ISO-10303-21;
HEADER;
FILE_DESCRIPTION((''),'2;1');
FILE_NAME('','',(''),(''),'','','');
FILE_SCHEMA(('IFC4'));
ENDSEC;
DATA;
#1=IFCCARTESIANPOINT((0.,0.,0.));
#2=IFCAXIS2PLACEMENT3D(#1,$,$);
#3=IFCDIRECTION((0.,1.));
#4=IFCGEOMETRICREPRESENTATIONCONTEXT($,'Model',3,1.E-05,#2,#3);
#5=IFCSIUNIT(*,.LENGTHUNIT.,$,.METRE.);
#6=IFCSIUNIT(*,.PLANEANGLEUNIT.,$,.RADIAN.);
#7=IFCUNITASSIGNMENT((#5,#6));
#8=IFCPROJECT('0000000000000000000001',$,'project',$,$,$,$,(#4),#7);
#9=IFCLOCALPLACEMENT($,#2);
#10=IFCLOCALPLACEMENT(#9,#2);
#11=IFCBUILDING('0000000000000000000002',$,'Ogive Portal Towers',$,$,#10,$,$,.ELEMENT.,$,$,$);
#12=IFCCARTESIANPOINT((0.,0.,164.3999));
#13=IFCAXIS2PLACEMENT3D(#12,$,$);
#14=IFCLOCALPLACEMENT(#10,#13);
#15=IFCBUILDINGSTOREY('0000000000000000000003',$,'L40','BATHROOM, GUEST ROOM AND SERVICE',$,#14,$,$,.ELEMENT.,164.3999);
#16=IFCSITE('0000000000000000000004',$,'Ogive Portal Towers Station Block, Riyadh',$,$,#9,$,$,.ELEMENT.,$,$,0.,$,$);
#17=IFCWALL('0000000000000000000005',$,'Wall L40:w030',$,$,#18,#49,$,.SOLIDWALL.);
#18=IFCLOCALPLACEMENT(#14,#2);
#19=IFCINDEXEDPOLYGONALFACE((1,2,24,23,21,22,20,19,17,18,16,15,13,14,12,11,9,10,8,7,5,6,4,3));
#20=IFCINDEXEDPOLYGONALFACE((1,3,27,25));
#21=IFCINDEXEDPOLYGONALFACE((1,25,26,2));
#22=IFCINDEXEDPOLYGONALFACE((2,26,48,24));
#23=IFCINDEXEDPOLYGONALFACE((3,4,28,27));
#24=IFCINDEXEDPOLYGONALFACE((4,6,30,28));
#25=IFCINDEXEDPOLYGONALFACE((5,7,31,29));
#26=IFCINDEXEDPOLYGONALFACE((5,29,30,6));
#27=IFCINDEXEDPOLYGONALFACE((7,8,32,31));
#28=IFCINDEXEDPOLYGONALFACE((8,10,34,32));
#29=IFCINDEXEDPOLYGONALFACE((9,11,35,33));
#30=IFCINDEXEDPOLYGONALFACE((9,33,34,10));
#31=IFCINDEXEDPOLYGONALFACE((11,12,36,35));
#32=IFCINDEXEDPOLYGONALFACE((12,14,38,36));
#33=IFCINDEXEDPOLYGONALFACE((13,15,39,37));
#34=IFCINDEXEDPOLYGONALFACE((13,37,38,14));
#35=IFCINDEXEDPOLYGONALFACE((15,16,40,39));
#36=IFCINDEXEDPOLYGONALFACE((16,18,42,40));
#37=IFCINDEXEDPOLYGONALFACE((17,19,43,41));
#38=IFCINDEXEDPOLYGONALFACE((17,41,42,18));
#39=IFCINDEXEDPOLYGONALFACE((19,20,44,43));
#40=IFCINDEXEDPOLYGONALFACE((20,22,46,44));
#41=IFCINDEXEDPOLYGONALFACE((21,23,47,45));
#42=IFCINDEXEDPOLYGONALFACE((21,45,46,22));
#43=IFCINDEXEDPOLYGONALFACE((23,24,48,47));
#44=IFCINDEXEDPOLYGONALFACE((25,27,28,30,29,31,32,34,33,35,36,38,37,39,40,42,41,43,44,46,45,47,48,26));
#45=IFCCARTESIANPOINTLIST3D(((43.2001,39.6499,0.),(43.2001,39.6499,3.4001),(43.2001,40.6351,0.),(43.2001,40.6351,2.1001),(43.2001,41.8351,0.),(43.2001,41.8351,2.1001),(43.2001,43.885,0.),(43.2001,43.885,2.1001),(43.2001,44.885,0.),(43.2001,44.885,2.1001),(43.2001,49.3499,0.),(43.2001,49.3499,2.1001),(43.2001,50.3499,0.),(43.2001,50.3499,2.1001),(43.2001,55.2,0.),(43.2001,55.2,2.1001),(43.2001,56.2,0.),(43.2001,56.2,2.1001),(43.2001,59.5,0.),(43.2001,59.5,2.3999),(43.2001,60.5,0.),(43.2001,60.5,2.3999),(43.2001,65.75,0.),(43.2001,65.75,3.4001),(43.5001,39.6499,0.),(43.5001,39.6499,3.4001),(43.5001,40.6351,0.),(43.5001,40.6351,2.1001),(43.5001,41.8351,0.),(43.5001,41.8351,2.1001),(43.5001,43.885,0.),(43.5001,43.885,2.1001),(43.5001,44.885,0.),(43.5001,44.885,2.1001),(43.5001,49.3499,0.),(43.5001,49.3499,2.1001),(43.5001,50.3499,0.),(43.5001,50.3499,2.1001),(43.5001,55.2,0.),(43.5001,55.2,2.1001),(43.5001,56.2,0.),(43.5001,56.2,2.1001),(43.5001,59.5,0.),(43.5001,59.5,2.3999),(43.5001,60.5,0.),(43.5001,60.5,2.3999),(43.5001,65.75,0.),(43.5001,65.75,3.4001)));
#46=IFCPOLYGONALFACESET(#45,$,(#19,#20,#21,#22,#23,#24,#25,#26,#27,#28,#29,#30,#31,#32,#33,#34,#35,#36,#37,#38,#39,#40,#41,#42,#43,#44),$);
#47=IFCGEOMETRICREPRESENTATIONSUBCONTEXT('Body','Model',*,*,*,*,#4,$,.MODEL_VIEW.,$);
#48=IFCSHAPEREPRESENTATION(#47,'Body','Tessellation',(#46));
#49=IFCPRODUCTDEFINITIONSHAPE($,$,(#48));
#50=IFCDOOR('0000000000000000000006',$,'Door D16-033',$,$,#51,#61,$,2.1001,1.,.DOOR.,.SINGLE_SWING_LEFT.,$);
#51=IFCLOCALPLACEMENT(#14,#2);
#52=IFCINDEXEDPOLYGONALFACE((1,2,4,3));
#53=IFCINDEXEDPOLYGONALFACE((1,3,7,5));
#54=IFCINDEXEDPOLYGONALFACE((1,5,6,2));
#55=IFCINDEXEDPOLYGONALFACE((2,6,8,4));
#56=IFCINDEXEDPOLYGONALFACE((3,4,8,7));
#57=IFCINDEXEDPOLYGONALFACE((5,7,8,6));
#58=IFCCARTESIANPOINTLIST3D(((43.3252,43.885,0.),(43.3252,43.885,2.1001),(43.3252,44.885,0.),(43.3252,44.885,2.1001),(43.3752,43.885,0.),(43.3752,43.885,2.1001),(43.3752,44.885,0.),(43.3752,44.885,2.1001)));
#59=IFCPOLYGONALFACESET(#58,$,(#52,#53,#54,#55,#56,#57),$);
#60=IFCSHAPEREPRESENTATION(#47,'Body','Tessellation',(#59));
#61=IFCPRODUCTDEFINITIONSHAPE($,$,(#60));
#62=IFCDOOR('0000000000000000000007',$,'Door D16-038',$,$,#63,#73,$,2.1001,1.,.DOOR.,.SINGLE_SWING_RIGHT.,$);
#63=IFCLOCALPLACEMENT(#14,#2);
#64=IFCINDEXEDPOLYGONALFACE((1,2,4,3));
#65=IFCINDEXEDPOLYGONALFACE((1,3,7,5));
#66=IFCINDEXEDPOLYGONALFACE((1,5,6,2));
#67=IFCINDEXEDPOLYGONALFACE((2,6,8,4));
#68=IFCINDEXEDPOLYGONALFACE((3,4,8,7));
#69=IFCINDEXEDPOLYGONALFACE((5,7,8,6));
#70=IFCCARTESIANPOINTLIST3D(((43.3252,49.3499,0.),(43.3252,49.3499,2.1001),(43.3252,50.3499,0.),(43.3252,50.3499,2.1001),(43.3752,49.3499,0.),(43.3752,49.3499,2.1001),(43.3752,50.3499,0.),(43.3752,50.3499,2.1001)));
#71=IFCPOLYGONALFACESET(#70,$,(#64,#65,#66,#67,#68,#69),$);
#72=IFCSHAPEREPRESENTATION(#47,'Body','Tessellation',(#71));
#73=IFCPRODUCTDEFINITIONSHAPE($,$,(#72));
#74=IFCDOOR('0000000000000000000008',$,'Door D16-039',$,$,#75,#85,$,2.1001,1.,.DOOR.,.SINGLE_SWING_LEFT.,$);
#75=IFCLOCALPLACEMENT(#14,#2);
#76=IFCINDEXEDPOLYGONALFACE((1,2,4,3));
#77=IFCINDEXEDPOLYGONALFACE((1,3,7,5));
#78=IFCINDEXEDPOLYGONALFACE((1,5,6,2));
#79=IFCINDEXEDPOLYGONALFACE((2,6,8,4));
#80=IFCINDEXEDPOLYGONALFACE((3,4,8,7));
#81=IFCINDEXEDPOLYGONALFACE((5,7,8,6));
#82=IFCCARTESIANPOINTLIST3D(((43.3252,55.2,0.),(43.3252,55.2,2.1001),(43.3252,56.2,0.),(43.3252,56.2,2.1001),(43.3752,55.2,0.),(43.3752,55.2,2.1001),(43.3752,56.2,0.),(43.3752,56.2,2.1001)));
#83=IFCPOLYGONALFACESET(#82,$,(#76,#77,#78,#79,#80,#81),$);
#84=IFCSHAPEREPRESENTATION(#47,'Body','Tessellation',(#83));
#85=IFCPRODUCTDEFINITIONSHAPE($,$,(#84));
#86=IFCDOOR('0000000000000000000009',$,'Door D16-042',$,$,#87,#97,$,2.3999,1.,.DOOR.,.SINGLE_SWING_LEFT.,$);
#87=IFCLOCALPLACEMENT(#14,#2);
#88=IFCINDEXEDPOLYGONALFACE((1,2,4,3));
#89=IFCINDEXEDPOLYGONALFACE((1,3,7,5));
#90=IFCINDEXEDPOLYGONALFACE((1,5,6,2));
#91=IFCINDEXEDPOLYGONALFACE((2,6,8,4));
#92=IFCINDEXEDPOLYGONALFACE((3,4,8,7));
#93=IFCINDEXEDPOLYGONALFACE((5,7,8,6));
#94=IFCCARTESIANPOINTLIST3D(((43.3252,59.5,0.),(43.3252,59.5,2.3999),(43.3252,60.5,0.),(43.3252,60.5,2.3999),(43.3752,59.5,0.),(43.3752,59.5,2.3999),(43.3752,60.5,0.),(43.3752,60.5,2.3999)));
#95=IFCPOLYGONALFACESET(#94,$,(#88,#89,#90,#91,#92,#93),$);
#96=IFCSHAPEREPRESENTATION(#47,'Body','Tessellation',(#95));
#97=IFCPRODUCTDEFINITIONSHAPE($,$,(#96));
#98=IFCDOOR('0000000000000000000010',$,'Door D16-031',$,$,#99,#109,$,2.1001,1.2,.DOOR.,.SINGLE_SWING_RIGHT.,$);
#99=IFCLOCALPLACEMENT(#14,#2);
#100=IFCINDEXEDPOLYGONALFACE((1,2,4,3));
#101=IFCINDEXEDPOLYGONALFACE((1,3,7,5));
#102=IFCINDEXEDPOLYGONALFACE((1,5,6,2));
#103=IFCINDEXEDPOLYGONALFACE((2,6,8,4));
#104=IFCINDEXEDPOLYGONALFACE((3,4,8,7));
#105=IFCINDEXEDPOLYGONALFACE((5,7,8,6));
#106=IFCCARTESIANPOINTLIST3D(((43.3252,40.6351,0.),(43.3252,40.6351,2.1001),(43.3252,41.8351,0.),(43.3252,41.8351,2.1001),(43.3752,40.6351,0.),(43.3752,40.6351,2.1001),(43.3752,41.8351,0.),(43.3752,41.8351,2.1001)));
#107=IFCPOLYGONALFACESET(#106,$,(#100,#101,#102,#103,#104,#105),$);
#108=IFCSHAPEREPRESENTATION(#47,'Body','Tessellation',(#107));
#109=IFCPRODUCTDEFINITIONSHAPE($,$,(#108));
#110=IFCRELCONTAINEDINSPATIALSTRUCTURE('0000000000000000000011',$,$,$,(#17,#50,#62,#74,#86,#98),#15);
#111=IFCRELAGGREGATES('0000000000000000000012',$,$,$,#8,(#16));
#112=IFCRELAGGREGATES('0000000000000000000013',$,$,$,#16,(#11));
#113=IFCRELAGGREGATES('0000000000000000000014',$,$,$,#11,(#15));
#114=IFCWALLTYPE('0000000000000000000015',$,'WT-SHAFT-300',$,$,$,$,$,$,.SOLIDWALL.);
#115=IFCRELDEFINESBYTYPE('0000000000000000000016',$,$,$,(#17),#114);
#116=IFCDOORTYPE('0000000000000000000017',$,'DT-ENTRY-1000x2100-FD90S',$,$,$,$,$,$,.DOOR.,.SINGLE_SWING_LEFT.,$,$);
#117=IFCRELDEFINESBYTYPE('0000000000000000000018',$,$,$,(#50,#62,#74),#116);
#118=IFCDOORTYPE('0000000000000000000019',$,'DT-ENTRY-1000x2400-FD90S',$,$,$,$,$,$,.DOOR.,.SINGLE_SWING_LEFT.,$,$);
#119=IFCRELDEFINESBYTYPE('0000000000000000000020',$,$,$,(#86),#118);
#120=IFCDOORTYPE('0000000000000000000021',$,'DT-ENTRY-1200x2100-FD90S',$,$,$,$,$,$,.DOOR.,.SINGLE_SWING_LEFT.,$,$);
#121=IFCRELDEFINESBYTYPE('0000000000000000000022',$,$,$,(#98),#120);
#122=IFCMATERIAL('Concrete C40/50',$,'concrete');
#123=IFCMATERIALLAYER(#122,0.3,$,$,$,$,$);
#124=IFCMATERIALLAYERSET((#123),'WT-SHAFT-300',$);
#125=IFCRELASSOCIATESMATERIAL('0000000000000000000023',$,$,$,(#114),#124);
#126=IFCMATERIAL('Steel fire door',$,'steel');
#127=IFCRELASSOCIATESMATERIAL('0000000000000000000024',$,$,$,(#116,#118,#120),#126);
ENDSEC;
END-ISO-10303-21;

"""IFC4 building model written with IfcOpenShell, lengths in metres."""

from ifc_helpers import new_model, si_unit, direction, frame, frame_2d, origin, place, context, subcontext, project, spatial, rectangle, extrude, material, layer, layer_set, type_object, element, fill, save


model = new_model("IFC4")

# Units and contexts
model_context = context("Model", 3, precision=1e-05, world=origin(), true_north=direction((0.0, 1.0)))
body_context = subcontext(model_context, "Body", "Model", "MODEL_VIEW")
ifc_project = project(units=[si_unit("LENGTHUNIT", "METRE"), si_unit("PLANEANGLEUNIT", "RADIAN")], contexts=[model_context])

# Site, building, storey
site_placement = place(None, origin())
site = spatial("IfcSite", under=ifc_project, at=site_placement, Name="Ogive Portal Towers Station Block, Riyadh", CompositionType="ELEMENT", RefElevation=0.0)
building_placement = place(site_placement, origin())
building = spatial("IfcBuilding", under=site, at=building_placement, Name="Ogive Portal Towers", CompositionType="ELEMENT")
storey_placement = place(building_placement, frame((0.0, 0.0, 164.3999)))
storey = spatial("IfcBuildingStorey", under=building, at=storey_placement, Name="L40", Description="BATHROOM, GUEST ROOM AND SERVICE", CompositionType="ELEMENT", Elevation=164.3999)

# Shared definitions
ifc_material_1 = material(Name="Steel fire door", Category="steel")

# Wall, openings, doors
ifc_material_2 = material(Name="Concrete C40/50", Category="concrete")
ifc_layer_1 = layer(ifc_material_2, 0.3)
ifc_layer_set_1 = layer_set([ifc_layer_1], Name="WT-SHAFT-300")
wall_type_1 = type_object("IfcWallType", Name="WT-SHAFT-300", PredefinedType="SOLIDWALL", material=ifc_layer_set_1)
wall_1_placement = place(storey_placement, frame((43.3501, 39.6499, 0.0), z_axis=(0.0, 0.0, 1.0), x_axis=(0.0, 1.0, 0.0)))
wall_1 = element("IfcWall", 1, at=wall_1_placement, inside=storey, type_object=wall_type_1, Name="Wall L40:w030", PredefinedType="SOLIDWALL", context=body_context, shape_type="SweptSolid", body=[
    extrude(rectangle(XDim=26.1001, YDim=0.3, at=frame_2d((13.05, 0.0))), origin(), (0.0, 0.0, 1.0), 3.4001),
])
opening_1_placement = place(wall_1_placement, frame((0.9851, 0.0, 0.0)))
opening_1 = element("IfcOpeningElement", 2, at=opening_1_placement, cuts=wall_1, PredefinedType="OPENING", context=body_context, shape_type="SweptSolid", body=[
    extrude(rectangle(XDim=1.2, YDim=2.1001, at=frame_2d((0.6001, 1.05))), frame((0.0, 0.1602, 0.0), z_axis=(0.0, -1.0, 0.0), x_axis=(1.0, 0.0, 0.0)), (0.0, 0.0, 1.0), 0.3201),
])
opening_2_placement = place(wall_1_placement, frame((4.2351, 0.0, 0.0)))
opening_2 = element("IfcOpeningElement", 3, at=opening_2_placement, cuts=wall_1, PredefinedType="OPENING", context=body_context, shape_type="SweptSolid", body=[
    extrude(rectangle(XDim=1.0, YDim=2.1001, at=frame_2d((0.5, 1.05))), frame((0.0, 0.1602, 0.0), z_axis=(0.0, -1.0, 0.0), x_axis=(1.0, 0.0, 0.0)), (0.0, 0.0, 1.0), 0.3201),
])
opening_3_placement = place(wall_1_placement, frame((9.7, 0.0, 0.0)))
opening_3 = element("IfcOpeningElement", 4, at=opening_3_placement, cuts=wall_1, PredefinedType="OPENING", context=body_context, shape_type="SweptSolid", body=[
    extrude(rectangle(XDim=1.0, YDim=2.1001, at=frame_2d((0.5, 1.05))), frame((0.0, 0.1602, 0.0), z_axis=(0.0, -1.0, 0.0), x_axis=(1.0, 0.0, 0.0)), (0.0, 0.0, 1.0), 0.3201),
])
opening_4_placement = place(wall_1_placement, frame((15.55, 0.0, 0.0)))
opening_4 = element("IfcOpeningElement", 5, at=opening_4_placement, cuts=wall_1, PredefinedType="OPENING", context=body_context, shape_type="SweptSolid", body=[
    extrude(rectangle(XDim=1.0, YDim=2.1001, at=frame_2d((0.5, 1.05))), frame((0.0, 0.1602, 0.0), z_axis=(0.0, -1.0, 0.0), x_axis=(1.0, 0.0, 0.0)), (0.0, 0.0, 1.0), 0.3201),
])
opening_5_placement = place(wall_1_placement, frame((19.8501, 0.0, 0.0)))
opening_5 = element("IfcOpeningElement", 6, at=opening_5_placement, cuts=wall_1, PredefinedType="OPENING", context=body_context, shape_type="SweptSolid", body=[
    extrude(rectangle(XDim=1.0, YDim=2.3999, at=frame_2d((0.5, 1.2))), frame((0.0, 0.1602, 0.0), z_axis=(0.0, -1.0, 0.0), x_axis=(1.0, 0.0, 0.0)), (0.0, 0.0, 1.0), 0.3201),
])
door_type_1 = type_object("IfcDoorType", Name="DT-ENTRY-1000x2100-FD90S", OperationType="SINGLE_SWING_LEFT", PredefinedType="DOOR", material=ifc_material_1)
door_1_placement = place(opening_2_placement, origin())
door_1 = element("IfcDoor", 7, at=door_1_placement, inside=storey, type_object=door_type_1, Name="Door D16-033", OperationType="SINGLE_SWING_LEFT", OverallHeight=2.1001, OverallWidth=1.0, PredefinedType="DOOR", context=body_context, shape_type="SweptSolid", body=[
    extrude(rectangle(XDim=1.0, YDim=2.1001, at=frame_2d((0.5, 1.05))), frame((0.0, 0.0249, 0.0), z_axis=(0.0, -1.0, 0.0), x_axis=(1.0, 0.0, 0.0)), (0.0, 0.0, 1.0), 0.05),
])
fill(opening_2, door_1)
door_2_placement = place(opening_3_placement, origin())
door_2 = element("IfcDoor", 8, at=door_2_placement, inside=storey, type_object=door_type_1, Name="Door D16-038", OperationType="SINGLE_SWING_RIGHT", OverallHeight=2.1001, OverallWidth=1.0, PredefinedType="DOOR", context=body_context, shape_type="SweptSolid", body=[
    extrude(rectangle(XDim=1.0, YDim=2.1001, at=frame_2d((0.5, 1.05))), frame((0.0, 0.0249, 0.0), z_axis=(0.0, -1.0, 0.0), x_axis=(1.0, 0.0, 0.0)), (0.0, 0.0, 1.0), 0.05),
])
fill(opening_3, door_2)
door_3_placement = place(opening_4_placement, origin())
door_3 = element("IfcDoor", 9, at=door_3_placement, inside=storey, type_object=door_type_1, Name="Door D16-039", OperationType="SINGLE_SWING_LEFT", OverallHeight=2.1001, OverallWidth=1.0, PredefinedType="DOOR", context=body_context, shape_type="SweptSolid", body=[
    extrude(rectangle(XDim=1.0, YDim=2.1001, at=frame_2d((0.5, 1.05))), frame((0.0, 0.0249, 0.0), z_axis=(0.0, -1.0, 0.0), x_axis=(1.0, 0.0, 0.0)), (0.0, 0.0, 1.0), 0.05),
])
fill(opening_4, door_3)
door_type_2 = type_object("IfcDoorType", Name="DT-ENTRY-1000x2400-FD90S", OperationType="SINGLE_SWING_LEFT", PredefinedType="DOOR", material=ifc_material_1)
door_4_placement = place(opening_5_placement, origin())
door_4 = element("IfcDoor", 10, at=door_4_placement, inside=storey, type_object=door_type_2, Name="Door D16-042", OperationType="SINGLE_SWING_LEFT", OverallHeight=2.3999, OverallWidth=1.0, PredefinedType="DOOR", context=body_context, shape_type="SweptSolid", body=[
    extrude(rectangle(XDim=1.0, YDim=2.3999, at=frame_2d((0.5, 1.2))), frame((0.0, 0.0249, 0.0), z_axis=(0.0, -1.0, 0.0), x_axis=(1.0, 0.0, 0.0)), (0.0, 0.0, 1.0), 0.05),
])
fill(opening_5, door_4)
door_type_3 = type_object("IfcDoorType", Name="DT-ENTRY-1200x2100-FD90S", OperationType="SINGLE_SWING_LEFT", PredefinedType="DOOR", material=ifc_material_1)
door_5_placement = place(opening_1_placement, origin())
door_5 = element("IfcDoor", 11, at=door_5_placement, inside=storey, type_object=door_type_3, Name="Door D16-031", OperationType="SINGLE_SWING_RIGHT", OverallHeight=2.1001, OverallWidth=1.2, PredefinedType="DOOR", context=body_context, shape_type="SweptSolid", body=[
    extrude(rectangle(XDim=1.2, YDim=2.1001, at=frame_2d((0.6001, 1.05))), frame((0.0, 0.0249, 0.0), z_axis=(0.0, -1.0, 0.0), x_axis=(1.0, 0.0, 0.0)), (0.0, 0.0, 1.0), 0.05),
])
fill(opening_1, door_5)

save(model, "model.ifc")
